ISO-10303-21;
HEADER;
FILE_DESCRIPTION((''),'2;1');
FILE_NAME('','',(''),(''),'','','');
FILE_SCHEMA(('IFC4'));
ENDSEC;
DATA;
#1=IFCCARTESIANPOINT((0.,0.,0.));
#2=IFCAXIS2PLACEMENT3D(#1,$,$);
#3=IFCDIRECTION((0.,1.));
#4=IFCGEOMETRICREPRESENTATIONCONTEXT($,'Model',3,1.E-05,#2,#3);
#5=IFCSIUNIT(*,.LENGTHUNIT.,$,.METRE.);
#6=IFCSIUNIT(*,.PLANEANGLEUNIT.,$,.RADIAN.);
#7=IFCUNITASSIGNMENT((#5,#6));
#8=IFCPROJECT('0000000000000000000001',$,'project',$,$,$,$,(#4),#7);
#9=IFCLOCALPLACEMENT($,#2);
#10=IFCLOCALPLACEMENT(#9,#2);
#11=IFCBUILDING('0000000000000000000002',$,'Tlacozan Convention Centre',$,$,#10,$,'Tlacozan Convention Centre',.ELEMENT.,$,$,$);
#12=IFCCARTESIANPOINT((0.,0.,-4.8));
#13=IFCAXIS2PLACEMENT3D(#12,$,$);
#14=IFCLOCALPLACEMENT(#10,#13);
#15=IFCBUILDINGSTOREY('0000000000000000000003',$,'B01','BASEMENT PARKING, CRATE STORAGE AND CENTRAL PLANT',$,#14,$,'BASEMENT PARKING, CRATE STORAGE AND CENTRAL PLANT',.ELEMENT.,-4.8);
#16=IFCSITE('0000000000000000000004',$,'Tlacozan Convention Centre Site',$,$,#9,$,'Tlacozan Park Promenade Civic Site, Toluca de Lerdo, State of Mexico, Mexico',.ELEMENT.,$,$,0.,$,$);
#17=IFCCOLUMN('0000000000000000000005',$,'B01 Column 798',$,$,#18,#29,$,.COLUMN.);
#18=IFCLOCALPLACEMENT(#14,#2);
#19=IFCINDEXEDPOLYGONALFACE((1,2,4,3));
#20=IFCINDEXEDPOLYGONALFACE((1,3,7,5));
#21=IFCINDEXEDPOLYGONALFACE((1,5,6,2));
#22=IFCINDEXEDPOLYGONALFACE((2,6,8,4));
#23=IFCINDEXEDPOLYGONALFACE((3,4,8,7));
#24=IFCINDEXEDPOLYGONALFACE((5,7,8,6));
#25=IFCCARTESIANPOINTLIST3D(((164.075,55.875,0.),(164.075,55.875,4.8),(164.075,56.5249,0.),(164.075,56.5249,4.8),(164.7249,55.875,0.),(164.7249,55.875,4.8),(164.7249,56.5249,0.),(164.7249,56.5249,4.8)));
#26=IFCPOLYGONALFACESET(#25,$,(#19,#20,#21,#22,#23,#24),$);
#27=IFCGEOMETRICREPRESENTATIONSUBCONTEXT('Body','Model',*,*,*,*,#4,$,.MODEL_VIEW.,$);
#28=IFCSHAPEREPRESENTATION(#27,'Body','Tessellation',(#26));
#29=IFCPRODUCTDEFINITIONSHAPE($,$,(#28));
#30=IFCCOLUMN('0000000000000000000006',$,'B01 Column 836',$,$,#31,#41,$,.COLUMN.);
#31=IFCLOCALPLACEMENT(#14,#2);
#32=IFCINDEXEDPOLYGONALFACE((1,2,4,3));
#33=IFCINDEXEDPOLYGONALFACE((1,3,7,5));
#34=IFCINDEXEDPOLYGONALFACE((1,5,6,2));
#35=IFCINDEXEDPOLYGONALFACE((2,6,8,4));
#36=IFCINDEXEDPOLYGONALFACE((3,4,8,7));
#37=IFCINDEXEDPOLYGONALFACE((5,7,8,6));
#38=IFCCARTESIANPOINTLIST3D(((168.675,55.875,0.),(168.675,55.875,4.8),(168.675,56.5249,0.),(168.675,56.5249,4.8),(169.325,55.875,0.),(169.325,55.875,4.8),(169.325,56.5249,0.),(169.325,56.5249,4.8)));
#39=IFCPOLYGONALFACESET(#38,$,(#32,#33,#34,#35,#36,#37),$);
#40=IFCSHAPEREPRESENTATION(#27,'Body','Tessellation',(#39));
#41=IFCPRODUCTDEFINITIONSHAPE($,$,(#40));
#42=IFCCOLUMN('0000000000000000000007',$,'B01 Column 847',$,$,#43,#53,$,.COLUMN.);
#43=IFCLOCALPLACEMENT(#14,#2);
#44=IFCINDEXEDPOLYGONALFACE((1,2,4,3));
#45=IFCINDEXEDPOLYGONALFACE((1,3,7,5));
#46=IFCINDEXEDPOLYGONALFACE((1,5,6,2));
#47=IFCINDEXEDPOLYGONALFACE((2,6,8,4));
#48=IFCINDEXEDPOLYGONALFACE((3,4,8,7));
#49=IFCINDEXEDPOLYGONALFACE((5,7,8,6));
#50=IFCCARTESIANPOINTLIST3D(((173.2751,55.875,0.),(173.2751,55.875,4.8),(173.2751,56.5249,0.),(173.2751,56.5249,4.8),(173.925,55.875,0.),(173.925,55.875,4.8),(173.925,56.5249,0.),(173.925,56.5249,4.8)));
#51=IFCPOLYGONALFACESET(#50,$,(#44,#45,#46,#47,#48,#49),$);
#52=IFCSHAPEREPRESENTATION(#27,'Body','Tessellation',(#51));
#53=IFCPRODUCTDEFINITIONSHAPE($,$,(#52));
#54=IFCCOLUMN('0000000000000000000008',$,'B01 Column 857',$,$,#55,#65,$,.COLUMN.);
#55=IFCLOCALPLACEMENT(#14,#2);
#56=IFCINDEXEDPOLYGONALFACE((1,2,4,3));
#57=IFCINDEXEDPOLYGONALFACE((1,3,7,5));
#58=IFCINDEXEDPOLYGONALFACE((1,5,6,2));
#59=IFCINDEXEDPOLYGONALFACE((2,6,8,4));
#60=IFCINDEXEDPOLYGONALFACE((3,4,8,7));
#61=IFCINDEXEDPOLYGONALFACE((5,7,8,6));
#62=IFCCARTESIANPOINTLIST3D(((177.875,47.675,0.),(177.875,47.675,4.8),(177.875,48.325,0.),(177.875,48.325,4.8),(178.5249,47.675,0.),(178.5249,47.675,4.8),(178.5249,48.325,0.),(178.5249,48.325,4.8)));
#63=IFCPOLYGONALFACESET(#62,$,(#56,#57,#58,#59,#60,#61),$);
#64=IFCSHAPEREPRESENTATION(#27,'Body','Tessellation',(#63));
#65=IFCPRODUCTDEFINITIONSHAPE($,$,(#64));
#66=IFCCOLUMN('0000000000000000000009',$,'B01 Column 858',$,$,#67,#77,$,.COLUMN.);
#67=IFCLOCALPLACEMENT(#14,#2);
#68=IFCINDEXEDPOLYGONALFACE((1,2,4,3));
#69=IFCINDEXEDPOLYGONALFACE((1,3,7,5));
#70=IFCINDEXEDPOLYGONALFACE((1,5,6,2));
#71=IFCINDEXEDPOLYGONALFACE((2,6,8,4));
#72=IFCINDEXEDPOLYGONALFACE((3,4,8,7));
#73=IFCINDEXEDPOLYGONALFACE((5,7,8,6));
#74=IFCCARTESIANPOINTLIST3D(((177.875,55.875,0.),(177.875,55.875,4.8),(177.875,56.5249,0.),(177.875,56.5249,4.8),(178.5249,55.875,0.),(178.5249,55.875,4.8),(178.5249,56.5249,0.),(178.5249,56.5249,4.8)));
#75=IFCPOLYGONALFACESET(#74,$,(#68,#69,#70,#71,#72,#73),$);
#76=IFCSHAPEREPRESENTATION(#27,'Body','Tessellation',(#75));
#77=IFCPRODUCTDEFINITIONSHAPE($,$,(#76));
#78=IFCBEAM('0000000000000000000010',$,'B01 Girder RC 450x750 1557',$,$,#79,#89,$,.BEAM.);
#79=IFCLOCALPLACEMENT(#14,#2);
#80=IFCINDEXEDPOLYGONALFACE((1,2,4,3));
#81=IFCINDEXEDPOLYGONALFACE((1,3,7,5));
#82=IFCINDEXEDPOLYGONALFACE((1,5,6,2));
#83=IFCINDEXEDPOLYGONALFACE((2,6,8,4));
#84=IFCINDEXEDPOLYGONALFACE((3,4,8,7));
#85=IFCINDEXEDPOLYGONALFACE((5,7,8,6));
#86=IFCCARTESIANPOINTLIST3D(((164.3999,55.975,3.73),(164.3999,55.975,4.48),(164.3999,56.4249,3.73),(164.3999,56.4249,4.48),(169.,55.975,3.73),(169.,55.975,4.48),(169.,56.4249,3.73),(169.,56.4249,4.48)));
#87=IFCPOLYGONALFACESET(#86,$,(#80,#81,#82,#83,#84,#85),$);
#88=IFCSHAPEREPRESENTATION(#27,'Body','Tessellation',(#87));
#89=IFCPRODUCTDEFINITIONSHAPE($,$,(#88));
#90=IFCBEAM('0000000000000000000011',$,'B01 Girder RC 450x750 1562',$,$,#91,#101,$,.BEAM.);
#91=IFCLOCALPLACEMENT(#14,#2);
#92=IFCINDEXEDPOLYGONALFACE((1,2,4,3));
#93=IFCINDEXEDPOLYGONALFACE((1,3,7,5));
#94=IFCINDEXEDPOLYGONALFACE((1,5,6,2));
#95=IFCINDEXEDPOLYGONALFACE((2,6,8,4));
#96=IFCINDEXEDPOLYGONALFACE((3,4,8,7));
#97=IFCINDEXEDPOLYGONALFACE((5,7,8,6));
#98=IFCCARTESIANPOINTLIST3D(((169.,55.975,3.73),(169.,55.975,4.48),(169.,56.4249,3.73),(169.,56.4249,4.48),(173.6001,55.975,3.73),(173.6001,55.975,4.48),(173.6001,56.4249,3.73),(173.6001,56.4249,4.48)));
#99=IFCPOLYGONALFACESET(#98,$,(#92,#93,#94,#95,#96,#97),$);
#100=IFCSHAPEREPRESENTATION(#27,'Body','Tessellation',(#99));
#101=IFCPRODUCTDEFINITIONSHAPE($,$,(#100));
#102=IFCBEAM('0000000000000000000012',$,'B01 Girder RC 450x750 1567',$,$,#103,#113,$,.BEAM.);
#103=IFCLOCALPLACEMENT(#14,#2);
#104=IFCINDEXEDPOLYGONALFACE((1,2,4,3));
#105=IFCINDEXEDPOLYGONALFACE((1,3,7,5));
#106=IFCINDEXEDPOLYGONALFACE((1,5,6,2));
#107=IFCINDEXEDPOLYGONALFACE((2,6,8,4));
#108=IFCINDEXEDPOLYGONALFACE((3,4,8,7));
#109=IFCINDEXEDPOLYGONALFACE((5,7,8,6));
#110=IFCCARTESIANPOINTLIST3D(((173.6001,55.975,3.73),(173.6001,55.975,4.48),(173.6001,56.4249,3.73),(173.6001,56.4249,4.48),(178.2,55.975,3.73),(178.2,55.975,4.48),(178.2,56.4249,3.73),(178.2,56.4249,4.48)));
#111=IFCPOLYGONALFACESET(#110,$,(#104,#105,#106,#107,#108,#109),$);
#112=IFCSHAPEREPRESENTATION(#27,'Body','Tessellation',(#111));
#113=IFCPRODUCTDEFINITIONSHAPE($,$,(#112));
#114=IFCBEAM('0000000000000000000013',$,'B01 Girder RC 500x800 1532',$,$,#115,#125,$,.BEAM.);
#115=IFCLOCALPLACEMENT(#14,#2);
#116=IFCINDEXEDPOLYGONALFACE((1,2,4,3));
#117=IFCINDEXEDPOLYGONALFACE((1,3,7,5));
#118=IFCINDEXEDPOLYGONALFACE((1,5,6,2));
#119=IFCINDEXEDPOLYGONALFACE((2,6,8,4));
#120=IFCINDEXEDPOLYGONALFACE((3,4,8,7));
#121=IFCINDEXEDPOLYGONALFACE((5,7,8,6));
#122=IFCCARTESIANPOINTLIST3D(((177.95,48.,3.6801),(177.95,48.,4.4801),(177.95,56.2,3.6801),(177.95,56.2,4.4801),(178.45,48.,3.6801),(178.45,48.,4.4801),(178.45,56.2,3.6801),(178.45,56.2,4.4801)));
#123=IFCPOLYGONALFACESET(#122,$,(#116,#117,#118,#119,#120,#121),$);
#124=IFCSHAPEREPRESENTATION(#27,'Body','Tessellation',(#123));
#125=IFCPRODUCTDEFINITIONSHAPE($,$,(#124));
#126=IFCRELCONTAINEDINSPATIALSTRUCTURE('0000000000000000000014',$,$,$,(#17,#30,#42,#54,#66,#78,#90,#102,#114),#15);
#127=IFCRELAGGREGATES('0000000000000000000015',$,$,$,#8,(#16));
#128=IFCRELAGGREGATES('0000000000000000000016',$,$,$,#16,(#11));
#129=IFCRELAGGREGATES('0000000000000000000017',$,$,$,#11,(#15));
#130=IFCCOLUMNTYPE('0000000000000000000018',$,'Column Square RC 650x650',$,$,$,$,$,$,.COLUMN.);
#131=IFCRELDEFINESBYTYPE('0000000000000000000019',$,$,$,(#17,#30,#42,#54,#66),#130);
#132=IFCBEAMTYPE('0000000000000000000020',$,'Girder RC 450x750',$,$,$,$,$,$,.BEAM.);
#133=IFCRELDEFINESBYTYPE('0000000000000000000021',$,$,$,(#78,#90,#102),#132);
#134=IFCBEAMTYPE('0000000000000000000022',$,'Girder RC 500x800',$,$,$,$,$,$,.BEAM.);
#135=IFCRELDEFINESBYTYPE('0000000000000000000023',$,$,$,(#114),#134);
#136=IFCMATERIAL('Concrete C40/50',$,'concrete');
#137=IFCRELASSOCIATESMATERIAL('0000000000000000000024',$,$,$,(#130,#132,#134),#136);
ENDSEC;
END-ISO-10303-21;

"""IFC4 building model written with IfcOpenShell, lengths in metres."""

from ifc_helpers import new_model, si_unit, direction, frame, origin, origin_2d, place, context, subcontext, project, spatial, rectangle, extrude, material, material_profile, profile_set, type_object, element, save


model = new_model("IFC4")

# Units and contexts
model_context = context("Model", 3, precision=1e-05, world=origin(), true_north=direction((0.0, 1.0)))
body_context = subcontext(model_context, "Body", "Model", "MODEL_VIEW")
ifc_project = project(units=[si_unit("LENGTHUNIT", "METRE"), si_unit("PLANEANGLEUNIT", "RADIAN")], contexts=[model_context])

# Site, building, storey
site_placement = place(None, origin())
site = spatial("IfcSite", under=ifc_project, at=site_placement, Name="Tlacozan Convention Centre Site", LongName="Tlacozan Park Promenade Civic Site, Toluca de Lerdo, State of Mexico, Mexico", CompositionType="ELEMENT", RefElevation=0.0)
building_placement = place(site_placement, origin())
building = spatial("IfcBuilding", under=site, at=building_placement, Name="Tlacozan Convention Centre", LongName="Tlacozan Convention Centre", CompositionType="ELEMENT")
storey_placement = place(building_placement, frame((0.0, 0.0, -4.8)))
storey = spatial("IfcBuildingStorey", under=building, at=storey_placement, Name="B01", Description="BASEMENT PARKING, CRATE STORAGE AND CENTRAL PLANT", LongName="BASEMENT PARKING, CRATE STORAGE AND CENTRAL PLANT", CompositionType="ELEMENT", Elevation=-4.8)

# Columns
ifc_material_1 = material(Name="Concrete C40/50", Category="concrete")
ifc_material_profile_1 = material_profile(ifc_material_1, rectangle(XDim=0.6499, YDim=0.6499, at=origin_2d()), Name="RC 650x650")
ifc_profile_set_1 = profile_set([ifc_material_profile_1], Name="Concrete C40/50")
column_type = type_object("IfcColumnType", Name="Column Square RC 650x650", PredefinedType="COLUMN", material=ifc_profile_set_1)
for number, where, z_axis, x_axis, name in (
    (1, (164.3999, 56.2, 0.0), (0.0, 0.0, 1.0), (1.0, 0.0, 0.0), "B01 Column 798"),
    (2, (169.0, 56.2, 0.0), (0.0, 0.0, 1.0), (1.0, 0.0, 0.0), "B01 Column 836"),
    (3, (173.6001, 56.2, 0.0), (0.0, 0.0, 1.0), (1.0, 0.0, 0.0), "B01 Column 847"),
    (4, (178.2, 48.0, 0.0), (0.0, 0.0, 1.0), (1.0, 0.0, 0.0), "B01 Column 857"),
    (5, (178.2, 56.2, 0.0), (0.0, 0.0, 1.0), (1.0, 0.0, 0.0), "B01 Column 858"),
):
    element("IfcColumn", number, at=place(storey_placement, frame(where, z_axis=z_axis, x_axis=x_axis)), inside=storey, type_object=column_type, Name=name, PredefinedType="COLUMN", context=body_context, shape_type="SweptSolid", body=[
        extrude(rectangle(XDim=0.6499, YDim=0.6499, at=origin_2d()), origin(), (0.0, 0.0, 1.0), 4.8),
    ])

# Beams
ifc_material_profile_2 = material_profile(ifc_material_1, rectangle(XDim=0.45, YDim=0.75, at=origin_2d()), Name="RC 450x750")
ifc_profile_set_2 = profile_set([ifc_material_profile_2], Name="Concrete C40/50")
beam_type_1 = type_object("IfcBeamType", Name="Girder RC 450x750", PredefinedType="BEAM", material=ifc_profile_set_2)
for number, where, z_axis, x_axis, name in (
    (6, (164.3999, 56.2, 4.105), (1.0, 0.0, 0.0), (0.0, 1.0, 0.0), "B01 Girder RC 450x750 1557"),
    (7, (169.0, 56.2, 4.105), (1.0, 0.0, 0.0), (0.0, 1.0, 0.0), "B01 Girder RC 450x750 1562"),
):
    element("IfcBeam", number, at=place(storey_placement, frame(where, z_axis=z_axis, x_axis=x_axis)), inside=storey, type_object=beam_type_1, Name=name, PredefinedType="BEAM", context=body_context, shape_type="SweptSolid", body=[
        extrude(rectangle(XDim=0.45, YDim=0.75, at=origin_2d()), origin(), (0.0, 0.0, 1.0), 4.6001),
    ])
beam_1_placement = place(storey_placement, frame((173.6001, 56.2, 4.105), z_axis=(1.0, 0.0, 0.0), x_axis=(0.0, 1.0, 0.0)))
element("IfcBeam", 8, at=beam_1_placement, inside=storey, type_object=beam_type_1, Name="B01 Girder RC 450x750 1567", PredefinedType="BEAM", context=body_context, shape_type="SweptSolid", body=[
    extrude(rectangle(XDim=0.45, YDim=0.75, at=origin_2d()), origin(), (0.0, 0.0, 1.0), 4.5999),
])
ifc_material_profile_3 = material_profile(ifc_material_1, rectangle(XDim=0.5, YDim=0.8, at=origin_2d()), Name="RC 500x800")
ifc_profile_set_3 = profile_set([ifc_material_profile_3], Name="Concrete C40/50")
beam_type_2 = type_object("IfcBeamType", Name="Girder RC 500x800", PredefinedType="BEAM", material=ifc_profile_set_3)
beam_2_placement = place(storey_placement, frame((178.2, 48.0, 4.0801), z_axis=(0.0, 1.0, 0.0), x_axis=(-1.0, 0.0, 0.0)))
element("IfcBeam", 9, at=beam_2_placement, inside=storey, type_object=beam_type_2, Name="B01 Girder RC 500x800 1532", PredefinedType="BEAM", context=body_context, shape_type="SweptSolid", body=[
    extrude(rectangle(XDim=0.5, YDim=0.8, at=origin_2d()), origin(), (0.0, 0.0, 1.0), 8.2),
])

save(model, "model.ifc")
